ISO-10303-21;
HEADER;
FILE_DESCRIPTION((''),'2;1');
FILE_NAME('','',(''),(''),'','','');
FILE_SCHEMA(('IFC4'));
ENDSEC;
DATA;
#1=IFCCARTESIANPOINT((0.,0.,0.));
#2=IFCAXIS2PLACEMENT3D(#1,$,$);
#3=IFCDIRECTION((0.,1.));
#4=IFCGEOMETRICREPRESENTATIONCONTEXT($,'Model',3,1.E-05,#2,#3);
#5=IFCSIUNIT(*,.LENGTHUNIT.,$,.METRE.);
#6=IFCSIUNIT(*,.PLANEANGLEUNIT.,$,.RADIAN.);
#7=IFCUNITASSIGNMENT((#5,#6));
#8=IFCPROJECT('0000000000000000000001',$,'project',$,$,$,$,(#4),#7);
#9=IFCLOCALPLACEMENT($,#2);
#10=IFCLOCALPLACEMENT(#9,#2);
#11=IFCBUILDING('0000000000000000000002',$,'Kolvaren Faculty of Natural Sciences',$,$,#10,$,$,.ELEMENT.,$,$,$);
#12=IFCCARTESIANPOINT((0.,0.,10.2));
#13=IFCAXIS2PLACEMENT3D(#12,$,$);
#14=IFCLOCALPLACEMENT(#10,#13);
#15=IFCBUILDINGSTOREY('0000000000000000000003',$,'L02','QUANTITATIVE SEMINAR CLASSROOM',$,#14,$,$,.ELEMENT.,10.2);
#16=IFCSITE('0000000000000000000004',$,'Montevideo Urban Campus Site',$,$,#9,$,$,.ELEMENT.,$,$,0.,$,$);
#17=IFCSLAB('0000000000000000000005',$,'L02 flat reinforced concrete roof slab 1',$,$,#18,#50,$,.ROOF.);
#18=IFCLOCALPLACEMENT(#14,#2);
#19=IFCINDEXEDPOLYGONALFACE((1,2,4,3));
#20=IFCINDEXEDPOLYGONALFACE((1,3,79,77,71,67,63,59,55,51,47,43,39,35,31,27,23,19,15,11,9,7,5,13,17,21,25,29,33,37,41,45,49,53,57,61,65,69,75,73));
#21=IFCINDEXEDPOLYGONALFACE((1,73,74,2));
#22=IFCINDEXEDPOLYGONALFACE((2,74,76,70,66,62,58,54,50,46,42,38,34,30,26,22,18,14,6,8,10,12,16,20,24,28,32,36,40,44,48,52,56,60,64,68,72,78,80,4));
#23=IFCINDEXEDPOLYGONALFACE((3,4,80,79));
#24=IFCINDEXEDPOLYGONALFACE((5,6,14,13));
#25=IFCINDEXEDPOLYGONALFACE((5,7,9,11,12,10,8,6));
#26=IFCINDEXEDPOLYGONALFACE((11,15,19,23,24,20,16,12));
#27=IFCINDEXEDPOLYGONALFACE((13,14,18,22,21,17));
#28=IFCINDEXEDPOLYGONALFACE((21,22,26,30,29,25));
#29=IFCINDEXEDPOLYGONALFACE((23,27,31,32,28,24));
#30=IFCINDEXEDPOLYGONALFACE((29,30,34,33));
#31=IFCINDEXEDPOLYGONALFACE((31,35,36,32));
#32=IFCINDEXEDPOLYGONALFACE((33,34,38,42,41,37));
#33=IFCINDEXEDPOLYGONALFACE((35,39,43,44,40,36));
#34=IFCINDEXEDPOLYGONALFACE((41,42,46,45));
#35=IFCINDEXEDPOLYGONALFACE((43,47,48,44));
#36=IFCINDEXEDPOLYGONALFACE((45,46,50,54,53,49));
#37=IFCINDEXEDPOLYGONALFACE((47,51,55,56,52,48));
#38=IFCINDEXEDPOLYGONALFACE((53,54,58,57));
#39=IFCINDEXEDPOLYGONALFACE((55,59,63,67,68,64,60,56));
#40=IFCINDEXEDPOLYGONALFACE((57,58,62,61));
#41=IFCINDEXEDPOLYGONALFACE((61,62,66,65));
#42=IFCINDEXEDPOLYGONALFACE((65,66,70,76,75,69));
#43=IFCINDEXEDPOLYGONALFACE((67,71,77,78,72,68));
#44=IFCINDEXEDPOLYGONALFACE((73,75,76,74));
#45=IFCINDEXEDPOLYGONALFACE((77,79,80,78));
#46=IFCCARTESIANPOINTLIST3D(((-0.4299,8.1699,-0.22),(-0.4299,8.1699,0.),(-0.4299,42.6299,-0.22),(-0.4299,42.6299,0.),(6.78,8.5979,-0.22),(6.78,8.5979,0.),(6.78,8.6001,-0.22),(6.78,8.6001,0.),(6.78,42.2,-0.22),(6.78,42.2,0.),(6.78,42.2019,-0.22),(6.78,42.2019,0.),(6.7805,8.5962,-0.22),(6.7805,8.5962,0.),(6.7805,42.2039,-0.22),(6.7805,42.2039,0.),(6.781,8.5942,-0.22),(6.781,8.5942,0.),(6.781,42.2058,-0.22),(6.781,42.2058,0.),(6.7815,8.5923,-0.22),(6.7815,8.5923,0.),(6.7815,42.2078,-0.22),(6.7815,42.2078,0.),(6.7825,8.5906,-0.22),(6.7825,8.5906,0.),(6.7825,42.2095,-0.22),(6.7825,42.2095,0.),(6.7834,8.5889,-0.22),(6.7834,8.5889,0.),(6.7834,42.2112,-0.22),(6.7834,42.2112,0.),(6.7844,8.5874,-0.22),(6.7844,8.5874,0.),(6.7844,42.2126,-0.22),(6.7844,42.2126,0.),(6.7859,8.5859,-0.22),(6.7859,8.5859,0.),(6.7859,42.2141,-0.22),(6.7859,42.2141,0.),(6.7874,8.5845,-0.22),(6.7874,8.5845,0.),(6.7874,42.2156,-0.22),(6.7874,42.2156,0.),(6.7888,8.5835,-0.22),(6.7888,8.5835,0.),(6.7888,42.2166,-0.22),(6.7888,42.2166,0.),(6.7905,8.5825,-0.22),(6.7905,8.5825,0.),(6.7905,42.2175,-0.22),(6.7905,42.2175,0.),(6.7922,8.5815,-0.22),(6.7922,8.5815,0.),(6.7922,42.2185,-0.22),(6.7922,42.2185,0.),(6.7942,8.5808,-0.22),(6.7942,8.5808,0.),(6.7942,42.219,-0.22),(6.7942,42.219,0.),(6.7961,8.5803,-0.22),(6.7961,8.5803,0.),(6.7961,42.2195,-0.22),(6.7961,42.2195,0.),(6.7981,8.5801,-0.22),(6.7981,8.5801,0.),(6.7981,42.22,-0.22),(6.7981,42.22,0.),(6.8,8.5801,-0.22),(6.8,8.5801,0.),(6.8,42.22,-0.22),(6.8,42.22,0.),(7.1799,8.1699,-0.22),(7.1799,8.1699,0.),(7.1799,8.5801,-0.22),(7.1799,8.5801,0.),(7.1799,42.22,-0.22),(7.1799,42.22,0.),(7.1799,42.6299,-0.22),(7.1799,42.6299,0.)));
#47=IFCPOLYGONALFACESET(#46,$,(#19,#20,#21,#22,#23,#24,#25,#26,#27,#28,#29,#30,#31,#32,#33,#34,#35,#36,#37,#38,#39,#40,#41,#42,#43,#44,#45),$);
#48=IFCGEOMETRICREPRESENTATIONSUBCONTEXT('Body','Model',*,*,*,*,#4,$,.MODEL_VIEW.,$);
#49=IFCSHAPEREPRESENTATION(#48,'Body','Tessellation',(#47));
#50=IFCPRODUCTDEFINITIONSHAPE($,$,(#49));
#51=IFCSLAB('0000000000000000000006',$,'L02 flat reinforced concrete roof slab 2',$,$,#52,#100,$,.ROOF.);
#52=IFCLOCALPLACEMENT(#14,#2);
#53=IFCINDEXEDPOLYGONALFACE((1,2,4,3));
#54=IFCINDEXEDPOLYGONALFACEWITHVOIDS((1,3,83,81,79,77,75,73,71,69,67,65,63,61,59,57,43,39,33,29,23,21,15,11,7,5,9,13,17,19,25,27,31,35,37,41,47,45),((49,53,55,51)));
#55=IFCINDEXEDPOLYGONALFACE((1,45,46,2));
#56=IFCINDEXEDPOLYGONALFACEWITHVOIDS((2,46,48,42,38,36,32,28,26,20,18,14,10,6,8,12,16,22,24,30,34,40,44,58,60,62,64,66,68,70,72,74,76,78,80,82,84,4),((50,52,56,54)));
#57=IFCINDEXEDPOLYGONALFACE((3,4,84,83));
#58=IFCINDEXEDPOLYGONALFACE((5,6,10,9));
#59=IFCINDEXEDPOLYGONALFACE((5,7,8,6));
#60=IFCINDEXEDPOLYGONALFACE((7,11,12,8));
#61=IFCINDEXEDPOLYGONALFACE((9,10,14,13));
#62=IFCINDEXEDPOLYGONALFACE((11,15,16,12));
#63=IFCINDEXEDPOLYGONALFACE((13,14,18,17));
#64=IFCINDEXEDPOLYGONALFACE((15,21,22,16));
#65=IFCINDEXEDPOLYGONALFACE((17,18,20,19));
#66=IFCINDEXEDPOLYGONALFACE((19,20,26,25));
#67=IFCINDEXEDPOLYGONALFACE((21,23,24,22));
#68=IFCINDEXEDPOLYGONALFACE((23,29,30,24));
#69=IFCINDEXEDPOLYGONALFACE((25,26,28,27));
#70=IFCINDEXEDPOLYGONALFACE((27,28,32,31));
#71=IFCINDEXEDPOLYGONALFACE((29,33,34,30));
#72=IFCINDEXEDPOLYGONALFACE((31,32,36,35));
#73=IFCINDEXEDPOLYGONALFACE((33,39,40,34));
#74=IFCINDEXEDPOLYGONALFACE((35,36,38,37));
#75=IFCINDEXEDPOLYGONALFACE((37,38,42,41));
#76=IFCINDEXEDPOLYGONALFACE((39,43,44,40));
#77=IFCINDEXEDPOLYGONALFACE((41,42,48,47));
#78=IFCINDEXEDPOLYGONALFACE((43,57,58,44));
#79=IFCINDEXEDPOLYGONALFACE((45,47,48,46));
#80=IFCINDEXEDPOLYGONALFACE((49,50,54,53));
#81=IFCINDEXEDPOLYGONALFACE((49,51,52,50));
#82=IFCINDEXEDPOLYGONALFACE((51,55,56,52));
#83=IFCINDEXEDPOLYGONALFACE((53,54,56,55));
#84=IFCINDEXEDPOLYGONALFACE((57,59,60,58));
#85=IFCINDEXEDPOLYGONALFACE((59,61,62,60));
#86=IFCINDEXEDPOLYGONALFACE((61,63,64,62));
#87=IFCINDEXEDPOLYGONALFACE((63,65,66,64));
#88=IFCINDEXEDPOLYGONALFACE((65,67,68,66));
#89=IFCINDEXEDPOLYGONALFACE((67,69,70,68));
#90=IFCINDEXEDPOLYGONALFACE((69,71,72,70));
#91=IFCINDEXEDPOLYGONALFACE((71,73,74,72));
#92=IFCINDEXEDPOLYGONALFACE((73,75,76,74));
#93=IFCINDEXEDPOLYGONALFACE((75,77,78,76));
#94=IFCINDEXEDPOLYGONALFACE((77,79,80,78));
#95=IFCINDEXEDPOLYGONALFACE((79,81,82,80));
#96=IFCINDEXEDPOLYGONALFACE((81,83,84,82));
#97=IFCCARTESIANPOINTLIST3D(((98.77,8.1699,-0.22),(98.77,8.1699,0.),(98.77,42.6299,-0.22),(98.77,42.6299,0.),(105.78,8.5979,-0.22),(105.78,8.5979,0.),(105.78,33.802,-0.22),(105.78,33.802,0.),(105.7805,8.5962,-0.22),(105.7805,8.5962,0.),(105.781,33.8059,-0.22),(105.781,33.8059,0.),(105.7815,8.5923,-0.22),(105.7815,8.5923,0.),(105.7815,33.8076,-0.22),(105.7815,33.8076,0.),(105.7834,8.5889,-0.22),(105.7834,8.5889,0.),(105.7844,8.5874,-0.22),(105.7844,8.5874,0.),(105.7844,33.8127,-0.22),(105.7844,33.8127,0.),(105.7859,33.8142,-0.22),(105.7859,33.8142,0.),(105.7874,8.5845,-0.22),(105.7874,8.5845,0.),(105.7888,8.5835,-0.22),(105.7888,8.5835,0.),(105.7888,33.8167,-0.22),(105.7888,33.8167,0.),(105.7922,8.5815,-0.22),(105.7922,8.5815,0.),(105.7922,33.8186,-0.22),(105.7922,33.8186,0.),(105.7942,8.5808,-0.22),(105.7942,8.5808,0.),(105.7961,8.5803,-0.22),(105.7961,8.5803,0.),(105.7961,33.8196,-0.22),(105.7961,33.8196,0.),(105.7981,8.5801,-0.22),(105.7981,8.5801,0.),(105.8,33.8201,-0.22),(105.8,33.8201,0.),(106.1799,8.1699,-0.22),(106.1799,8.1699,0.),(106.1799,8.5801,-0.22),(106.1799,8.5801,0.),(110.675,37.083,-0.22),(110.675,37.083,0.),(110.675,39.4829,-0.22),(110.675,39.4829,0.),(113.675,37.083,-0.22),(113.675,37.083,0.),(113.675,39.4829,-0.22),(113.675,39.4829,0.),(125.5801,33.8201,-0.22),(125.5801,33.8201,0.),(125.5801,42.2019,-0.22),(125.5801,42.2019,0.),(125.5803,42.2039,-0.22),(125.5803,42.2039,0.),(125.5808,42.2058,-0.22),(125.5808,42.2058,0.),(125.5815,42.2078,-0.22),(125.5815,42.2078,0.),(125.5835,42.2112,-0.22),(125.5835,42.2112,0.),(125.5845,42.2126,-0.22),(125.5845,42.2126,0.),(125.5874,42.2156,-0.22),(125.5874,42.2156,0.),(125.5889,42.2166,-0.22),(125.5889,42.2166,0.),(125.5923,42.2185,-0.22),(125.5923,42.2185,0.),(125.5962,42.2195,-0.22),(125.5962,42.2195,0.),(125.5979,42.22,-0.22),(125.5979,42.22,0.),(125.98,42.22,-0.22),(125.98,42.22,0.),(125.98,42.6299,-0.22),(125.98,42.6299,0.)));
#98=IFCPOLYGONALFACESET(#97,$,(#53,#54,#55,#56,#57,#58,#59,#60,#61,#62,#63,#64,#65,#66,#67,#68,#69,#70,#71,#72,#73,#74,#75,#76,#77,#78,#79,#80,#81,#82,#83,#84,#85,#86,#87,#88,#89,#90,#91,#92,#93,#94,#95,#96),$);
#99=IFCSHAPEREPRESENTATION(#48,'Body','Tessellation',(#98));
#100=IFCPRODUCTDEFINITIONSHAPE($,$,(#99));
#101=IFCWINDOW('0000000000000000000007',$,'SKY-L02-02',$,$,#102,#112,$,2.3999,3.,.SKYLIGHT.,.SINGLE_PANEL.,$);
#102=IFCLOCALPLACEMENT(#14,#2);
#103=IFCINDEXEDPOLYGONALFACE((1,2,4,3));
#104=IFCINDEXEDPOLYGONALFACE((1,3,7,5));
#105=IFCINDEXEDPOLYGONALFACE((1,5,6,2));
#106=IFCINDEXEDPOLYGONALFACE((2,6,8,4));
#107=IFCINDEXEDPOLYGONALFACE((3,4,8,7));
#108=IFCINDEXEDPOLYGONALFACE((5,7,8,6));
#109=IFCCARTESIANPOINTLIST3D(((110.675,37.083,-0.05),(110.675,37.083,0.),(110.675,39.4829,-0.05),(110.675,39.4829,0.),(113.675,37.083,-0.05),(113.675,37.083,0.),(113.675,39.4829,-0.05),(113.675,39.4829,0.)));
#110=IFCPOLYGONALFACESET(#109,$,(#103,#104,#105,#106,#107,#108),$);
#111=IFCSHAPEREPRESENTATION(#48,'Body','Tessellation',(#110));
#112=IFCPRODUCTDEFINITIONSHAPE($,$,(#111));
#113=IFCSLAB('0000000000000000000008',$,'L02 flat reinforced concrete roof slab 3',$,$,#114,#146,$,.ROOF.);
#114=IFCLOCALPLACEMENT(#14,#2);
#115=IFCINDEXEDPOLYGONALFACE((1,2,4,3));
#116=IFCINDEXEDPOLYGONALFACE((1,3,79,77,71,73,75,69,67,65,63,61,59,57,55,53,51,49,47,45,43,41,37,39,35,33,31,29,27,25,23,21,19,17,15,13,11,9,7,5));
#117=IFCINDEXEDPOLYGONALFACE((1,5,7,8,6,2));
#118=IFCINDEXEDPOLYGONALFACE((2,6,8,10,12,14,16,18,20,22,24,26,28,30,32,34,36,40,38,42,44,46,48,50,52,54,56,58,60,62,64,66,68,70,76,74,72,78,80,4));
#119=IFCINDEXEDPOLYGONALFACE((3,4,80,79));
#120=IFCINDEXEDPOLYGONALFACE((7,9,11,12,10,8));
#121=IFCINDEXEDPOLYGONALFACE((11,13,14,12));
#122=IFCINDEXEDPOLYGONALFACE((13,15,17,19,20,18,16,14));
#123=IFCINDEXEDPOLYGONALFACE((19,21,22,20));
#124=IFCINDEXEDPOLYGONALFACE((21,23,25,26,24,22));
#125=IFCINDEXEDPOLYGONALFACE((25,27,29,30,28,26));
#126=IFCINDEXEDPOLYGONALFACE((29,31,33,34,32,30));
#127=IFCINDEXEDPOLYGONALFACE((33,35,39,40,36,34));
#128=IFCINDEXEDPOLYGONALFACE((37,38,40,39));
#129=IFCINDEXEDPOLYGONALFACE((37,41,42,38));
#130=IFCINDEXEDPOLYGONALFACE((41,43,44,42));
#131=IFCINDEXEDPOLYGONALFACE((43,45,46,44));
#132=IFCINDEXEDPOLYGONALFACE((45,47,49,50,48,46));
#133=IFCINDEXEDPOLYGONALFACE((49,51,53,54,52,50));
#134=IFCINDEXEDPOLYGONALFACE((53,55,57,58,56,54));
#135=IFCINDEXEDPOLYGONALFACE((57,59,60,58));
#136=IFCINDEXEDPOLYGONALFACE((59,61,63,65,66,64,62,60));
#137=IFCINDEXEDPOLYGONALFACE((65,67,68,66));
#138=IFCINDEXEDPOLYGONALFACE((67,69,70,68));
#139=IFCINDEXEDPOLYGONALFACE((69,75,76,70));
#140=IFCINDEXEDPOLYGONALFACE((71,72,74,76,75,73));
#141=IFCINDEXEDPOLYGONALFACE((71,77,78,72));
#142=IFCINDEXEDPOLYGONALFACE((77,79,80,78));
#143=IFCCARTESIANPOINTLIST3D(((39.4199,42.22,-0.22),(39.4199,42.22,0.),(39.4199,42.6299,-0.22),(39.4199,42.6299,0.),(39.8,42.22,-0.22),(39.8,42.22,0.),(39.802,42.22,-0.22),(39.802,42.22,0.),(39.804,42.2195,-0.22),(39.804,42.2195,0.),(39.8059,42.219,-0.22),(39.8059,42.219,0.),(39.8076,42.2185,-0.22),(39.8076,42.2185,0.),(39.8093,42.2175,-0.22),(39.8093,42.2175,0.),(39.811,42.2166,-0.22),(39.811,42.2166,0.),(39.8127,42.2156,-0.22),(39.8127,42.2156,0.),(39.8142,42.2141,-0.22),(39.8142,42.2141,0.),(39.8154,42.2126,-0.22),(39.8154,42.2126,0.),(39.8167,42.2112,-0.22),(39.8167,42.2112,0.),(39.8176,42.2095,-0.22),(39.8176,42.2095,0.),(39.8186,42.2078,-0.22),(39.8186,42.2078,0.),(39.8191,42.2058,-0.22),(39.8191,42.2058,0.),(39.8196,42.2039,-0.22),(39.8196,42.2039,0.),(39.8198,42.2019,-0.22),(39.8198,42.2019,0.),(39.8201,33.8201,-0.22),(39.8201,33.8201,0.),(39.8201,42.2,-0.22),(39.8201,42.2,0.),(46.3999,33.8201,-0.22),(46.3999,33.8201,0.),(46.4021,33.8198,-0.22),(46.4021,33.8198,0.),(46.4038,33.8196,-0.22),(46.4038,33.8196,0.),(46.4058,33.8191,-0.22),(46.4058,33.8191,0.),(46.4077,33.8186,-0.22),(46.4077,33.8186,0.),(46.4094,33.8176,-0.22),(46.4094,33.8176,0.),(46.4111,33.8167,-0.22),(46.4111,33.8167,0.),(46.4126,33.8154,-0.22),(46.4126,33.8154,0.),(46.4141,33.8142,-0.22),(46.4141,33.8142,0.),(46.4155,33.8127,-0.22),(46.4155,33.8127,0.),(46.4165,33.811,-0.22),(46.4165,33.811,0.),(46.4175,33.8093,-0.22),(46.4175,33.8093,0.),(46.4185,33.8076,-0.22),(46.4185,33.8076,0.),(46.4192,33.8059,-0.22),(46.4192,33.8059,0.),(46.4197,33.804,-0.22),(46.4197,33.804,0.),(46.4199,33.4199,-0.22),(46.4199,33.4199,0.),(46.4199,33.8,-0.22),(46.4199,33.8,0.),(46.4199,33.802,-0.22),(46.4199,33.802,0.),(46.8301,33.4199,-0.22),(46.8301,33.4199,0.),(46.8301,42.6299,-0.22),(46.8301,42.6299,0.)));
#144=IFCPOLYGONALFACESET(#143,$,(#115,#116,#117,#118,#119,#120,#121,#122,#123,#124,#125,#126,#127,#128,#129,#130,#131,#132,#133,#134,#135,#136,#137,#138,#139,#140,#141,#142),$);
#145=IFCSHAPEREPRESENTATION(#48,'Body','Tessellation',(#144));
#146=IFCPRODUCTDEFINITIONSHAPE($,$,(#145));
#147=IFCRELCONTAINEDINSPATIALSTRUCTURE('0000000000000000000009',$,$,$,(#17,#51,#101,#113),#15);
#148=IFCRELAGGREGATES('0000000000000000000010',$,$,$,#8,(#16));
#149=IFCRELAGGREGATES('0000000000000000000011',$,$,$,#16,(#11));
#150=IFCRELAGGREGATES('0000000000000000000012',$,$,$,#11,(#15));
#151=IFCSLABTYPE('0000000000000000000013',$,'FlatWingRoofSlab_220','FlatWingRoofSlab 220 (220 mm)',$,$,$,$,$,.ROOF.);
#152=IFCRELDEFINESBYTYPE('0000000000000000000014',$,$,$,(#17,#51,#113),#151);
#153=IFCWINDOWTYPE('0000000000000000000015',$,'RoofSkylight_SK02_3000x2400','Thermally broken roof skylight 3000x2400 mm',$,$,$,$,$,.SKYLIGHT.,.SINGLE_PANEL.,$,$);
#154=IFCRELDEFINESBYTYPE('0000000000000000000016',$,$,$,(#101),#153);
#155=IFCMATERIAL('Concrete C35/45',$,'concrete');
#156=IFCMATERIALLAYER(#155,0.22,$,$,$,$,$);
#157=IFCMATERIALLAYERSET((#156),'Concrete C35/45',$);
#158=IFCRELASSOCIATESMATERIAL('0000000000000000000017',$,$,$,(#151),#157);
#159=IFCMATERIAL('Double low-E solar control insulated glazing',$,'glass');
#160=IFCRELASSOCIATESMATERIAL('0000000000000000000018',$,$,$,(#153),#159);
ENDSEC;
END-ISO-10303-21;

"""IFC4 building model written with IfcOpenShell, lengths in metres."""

from ifc_helpers import new_model, si_unit, direction, frame, origin, origin_2d, place, context, subcontext, project, spatial, polyline, rectangle, outline, extrude, material, layer, layer_set, type_object, element, fill, save


model = new_model("IFC4")

# Units and contexts
model_context = context("Model", 3, precision=1e-05, world=origin(), true_north=direction((0.0, 1.0)))
body_context = subcontext(model_context, "Body", "Model", "MODEL_VIEW")
ifc_project = project(units=[si_unit("LENGTHUNIT", "METRE"), si_unit("PLANEANGLEUNIT", "RADIAN")], contexts=[model_context])

# Site, building, storey
site_placement = place(None, origin())
site = spatial("IfcSite", under=ifc_project, at=site_placement, Name="Montevideo Urban Campus Site", CompositionType="ELEMENT", RefElevation=0.0)
building_placement = place(site_placement, origin())
building = spatial("IfcBuilding", under=site, at=building_placement, Name="Kolvaren Faculty of Natural Sciences", CompositionType="ELEMENT")
storey_placement = place(building_placement, frame((0.0, 0.0, 10.2)))
storey = spatial("IfcBuildingStorey", under=building, at=storey_placement, Name="L02", Description="QUANTITATIVE SEMINAR CLASSROOM", CompositionType="ELEMENT", Elevation=10.2)

# Slab
ifc_material_1 = material(Name="Concrete C35/45", Category="concrete")
ifc_layer_1 = layer(ifc_material_1, 0.22)
ifc_layer_set_1 = layer_set([ifc_layer_1], Name="Concrete C35/45")
slab_type_1 = type_object("IfcSlabType", Name="FlatWingRoofSlab_220", Description="FlatWingRoofSlab 220 (220 mm)", PredefinedType="ROOF", material=ifc_layer_set_1)
slab_1_placement = place(storey_placement, frame((0.0, 0.0, -0.22)))
element("IfcSlab", 1, at=slab_1_placement, inside=storey, type_object=slab_type_1, Name="L02 flat reinforced concrete roof slab 1", PredefinedType="ROOF", context=body_context, shape_type="SweptSolid", body=[
    extrude(outline(polyline([(6.7981, 42.22), (6.7961, 42.2195), (6.7942, 42.219), (6.7922, 42.2185), (6.7905, 42.2175), (6.7888, 42.2166), (6.7874, 42.2156), (6.7859, 42.2141), (6.7844, 42.2126), (6.7834, 42.2112), (6.7825, 42.2095), (6.7815, 42.2078), (6.781, 42.2058), (6.7805, 42.2039), (6.78, 42.2019), (6.78, 42.2), (6.78, 8.6001), (6.78, 8.5979), (6.7805, 8.5962), (6.781, 8.5942), (6.7815, 8.5923), (6.7825, 8.5906), (6.7834, 8.5889), (6.7844, 8.5874), (6.7859, 8.5859), (6.7874, 8.5845), (6.7888, 8.5835), (6.7905, 8.5825), (6.7922, 8.5815), (6.7942, 8.5808), (6.7961, 8.5803), (6.7981, 8.5801), (6.8, 8.5801), (7.1799, 8.5801), (7.1799, 8.1699), (-0.4299, 8.1699), (-0.4299, 42.6299), (7.1799, 42.6299), (7.1799, 42.22), (6.8, 42.22), (6.7981, 42.22)])), origin(), (0.0, 0.0, 1.0), 0.22),
])

# Slab, opening, window
slab_2_placement = place(storey_placement, frame((0.0, 0.0, -0.22)))
slab_2 = element("IfcSlab", 2, at=slab_2_placement, inside=storey, type_object=slab_type_1, Name="L02 flat reinforced concrete roof slab 2", PredefinedType="ROOF", context=body_context, shape_type="SweptSolid", body=[
    extrude(outline(polyline([(125.5979, 42.22), (125.5962, 42.2195), (125.5942, 42.219), (125.5923, 42.2185), (125.5906, 42.2175), (125.5889, 42.2166), (125.5874, 42.2156), (125.5859, 42.2141), (125.5845, 42.2126), (125.5835, 42.2112), (125.5825, 42.2095), (125.5815, 42.2078), (125.5808, 42.2058), (125.5803, 42.2039), (125.5801, 42.2019), (125.5801, 42.2), (125.5801, 33.8201), (105.8, 33.8201), (105.7981, 33.8198), (105.7961, 33.8196), (105.7942, 33.8191), (105.7922, 33.8186), (105.7905, 33.8176), (105.7888, 33.8167), (105.7874, 33.8154), (105.7859, 33.8142), (105.7844, 33.8127), (105.7834, 33.811), (105.7825, 33.8093), (105.7815, 33.8076), (105.781, 33.8059), (105.7805, 33.804), (105.78, 33.802), (105.78, 33.8), (105.78, 8.6001), (105.78, 8.5979), (105.7805, 8.5962), (105.781, 8.5942), (105.7815, 8.5923), (105.7825, 8.5906), (105.7834, 8.5889), (105.7844, 8.5874), (105.7859, 8.5859), (105.7874, 8.5845), (105.7888, 8.5835), (105.7905, 8.5825), (105.7922, 8.5815), (105.7942, 8.5808), (105.7961, 8.5803), (105.7981, 8.5801), (105.8, 8.5801), (106.1799, 8.5801), (106.1799, 8.1699), (98.77, 8.1699), (98.77, 42.6299), (125.98, 42.6299), (125.98, 42.22), (125.6001, 42.22), (125.5979, 42.22)])), origin(), (0.0, 0.0, 1.0), 0.22),
])
opening_placement = place(slab_2_placement, frame((112.175, 38.283, 0.0)))
opening = element("IfcOpeningElement", 3, at=opening_placement, cuts=slab_2, PredefinedType="OPENING", context=body_context, shape_type="SweptSolid", body=[
    extrude(rectangle(XDim=3.0, YDim=2.3999, at=origin_2d()), frame((0.0, 0.0, -0.01)), (0.0, 0.0, 1.0), 0.24),
])
ifc_material_2 = material(Name="Double low-E solar control insulated glazing", Category="glass")
window_type = type_object("IfcWindowType", Name="RoofSkylight_SK02_3000x2400", Description="Thermally broken roof skylight 3000x2400 mm", PartitioningType="SINGLE_PANEL", PredefinedType="SKYLIGHT", material=ifc_material_2)
window_placement = place(opening_placement, frame((0.0, 0.0, 0.1699)))
window = element("IfcWindow", 4, at=window_placement, inside=storey, type_object=window_type, Name="SKY-L02-02", OverallHeight=2.3999, OverallWidth=3.0, PartitioningType="SINGLE_PANEL", PredefinedType="SKYLIGHT", context=body_context, shape_type="SweptSolid", body=[
    extrude(rectangle(XDim=3.0, YDim=2.3999, at=origin_2d()), origin(), (0.0, 0.0, 1.0), 0.05),
])
fill(opening, window)

# Slab
slab_3_placement = place(storey_placement, frame((0.0, 0.0, -0.22)))
element("IfcSlab", 5, at=slab_3_placement, inside=storey, type_object=slab_type_1, Name="L02 flat reinforced concrete roof slab 3", PredefinedType="ROOF", context=body_context, shape_type="SweptSolid", body=[
    extrude(outline(polyline([(46.4199, 33.4199), (46.4199, 33.8), (46.4199, 33.802), (46.4197, 33.804), (46.4192, 33.8059), (46.4185, 33.8076), (46.4175, 33.8093), (46.4165, 33.811), (46.4155, 33.8127), (46.4141, 33.8142), (46.4126, 33.8154), (46.4111, 33.8167), (46.4094, 33.8176), (46.4077, 33.8186), (46.4058, 33.8191), (46.4038, 33.8196), (46.4021, 33.8198), (46.3999, 33.8201), (39.8201, 33.8201), (39.8201, 42.2), (39.8198, 42.2019), (39.8196, 42.2039), (39.8191, 42.2058), (39.8186, 42.2078), (39.8176, 42.2095), (39.8167, 42.2112), (39.8154, 42.2126), (39.8142, 42.2141), (39.8127, 42.2156), (39.811, 42.2166), (39.8093, 42.2175), (39.8076, 42.2185), (39.8059, 42.219), (39.804, 42.2195), (39.802, 42.22), (39.8, 42.22), (39.4199, 42.22), (39.4199, 42.6299), (46.8301, 42.6299), (46.8301, 33.4199), (46.4199, 33.4199)])), origin(), (0.0, 0.0, 1.0), 0.22),
])

save(model, "model.ifc")
